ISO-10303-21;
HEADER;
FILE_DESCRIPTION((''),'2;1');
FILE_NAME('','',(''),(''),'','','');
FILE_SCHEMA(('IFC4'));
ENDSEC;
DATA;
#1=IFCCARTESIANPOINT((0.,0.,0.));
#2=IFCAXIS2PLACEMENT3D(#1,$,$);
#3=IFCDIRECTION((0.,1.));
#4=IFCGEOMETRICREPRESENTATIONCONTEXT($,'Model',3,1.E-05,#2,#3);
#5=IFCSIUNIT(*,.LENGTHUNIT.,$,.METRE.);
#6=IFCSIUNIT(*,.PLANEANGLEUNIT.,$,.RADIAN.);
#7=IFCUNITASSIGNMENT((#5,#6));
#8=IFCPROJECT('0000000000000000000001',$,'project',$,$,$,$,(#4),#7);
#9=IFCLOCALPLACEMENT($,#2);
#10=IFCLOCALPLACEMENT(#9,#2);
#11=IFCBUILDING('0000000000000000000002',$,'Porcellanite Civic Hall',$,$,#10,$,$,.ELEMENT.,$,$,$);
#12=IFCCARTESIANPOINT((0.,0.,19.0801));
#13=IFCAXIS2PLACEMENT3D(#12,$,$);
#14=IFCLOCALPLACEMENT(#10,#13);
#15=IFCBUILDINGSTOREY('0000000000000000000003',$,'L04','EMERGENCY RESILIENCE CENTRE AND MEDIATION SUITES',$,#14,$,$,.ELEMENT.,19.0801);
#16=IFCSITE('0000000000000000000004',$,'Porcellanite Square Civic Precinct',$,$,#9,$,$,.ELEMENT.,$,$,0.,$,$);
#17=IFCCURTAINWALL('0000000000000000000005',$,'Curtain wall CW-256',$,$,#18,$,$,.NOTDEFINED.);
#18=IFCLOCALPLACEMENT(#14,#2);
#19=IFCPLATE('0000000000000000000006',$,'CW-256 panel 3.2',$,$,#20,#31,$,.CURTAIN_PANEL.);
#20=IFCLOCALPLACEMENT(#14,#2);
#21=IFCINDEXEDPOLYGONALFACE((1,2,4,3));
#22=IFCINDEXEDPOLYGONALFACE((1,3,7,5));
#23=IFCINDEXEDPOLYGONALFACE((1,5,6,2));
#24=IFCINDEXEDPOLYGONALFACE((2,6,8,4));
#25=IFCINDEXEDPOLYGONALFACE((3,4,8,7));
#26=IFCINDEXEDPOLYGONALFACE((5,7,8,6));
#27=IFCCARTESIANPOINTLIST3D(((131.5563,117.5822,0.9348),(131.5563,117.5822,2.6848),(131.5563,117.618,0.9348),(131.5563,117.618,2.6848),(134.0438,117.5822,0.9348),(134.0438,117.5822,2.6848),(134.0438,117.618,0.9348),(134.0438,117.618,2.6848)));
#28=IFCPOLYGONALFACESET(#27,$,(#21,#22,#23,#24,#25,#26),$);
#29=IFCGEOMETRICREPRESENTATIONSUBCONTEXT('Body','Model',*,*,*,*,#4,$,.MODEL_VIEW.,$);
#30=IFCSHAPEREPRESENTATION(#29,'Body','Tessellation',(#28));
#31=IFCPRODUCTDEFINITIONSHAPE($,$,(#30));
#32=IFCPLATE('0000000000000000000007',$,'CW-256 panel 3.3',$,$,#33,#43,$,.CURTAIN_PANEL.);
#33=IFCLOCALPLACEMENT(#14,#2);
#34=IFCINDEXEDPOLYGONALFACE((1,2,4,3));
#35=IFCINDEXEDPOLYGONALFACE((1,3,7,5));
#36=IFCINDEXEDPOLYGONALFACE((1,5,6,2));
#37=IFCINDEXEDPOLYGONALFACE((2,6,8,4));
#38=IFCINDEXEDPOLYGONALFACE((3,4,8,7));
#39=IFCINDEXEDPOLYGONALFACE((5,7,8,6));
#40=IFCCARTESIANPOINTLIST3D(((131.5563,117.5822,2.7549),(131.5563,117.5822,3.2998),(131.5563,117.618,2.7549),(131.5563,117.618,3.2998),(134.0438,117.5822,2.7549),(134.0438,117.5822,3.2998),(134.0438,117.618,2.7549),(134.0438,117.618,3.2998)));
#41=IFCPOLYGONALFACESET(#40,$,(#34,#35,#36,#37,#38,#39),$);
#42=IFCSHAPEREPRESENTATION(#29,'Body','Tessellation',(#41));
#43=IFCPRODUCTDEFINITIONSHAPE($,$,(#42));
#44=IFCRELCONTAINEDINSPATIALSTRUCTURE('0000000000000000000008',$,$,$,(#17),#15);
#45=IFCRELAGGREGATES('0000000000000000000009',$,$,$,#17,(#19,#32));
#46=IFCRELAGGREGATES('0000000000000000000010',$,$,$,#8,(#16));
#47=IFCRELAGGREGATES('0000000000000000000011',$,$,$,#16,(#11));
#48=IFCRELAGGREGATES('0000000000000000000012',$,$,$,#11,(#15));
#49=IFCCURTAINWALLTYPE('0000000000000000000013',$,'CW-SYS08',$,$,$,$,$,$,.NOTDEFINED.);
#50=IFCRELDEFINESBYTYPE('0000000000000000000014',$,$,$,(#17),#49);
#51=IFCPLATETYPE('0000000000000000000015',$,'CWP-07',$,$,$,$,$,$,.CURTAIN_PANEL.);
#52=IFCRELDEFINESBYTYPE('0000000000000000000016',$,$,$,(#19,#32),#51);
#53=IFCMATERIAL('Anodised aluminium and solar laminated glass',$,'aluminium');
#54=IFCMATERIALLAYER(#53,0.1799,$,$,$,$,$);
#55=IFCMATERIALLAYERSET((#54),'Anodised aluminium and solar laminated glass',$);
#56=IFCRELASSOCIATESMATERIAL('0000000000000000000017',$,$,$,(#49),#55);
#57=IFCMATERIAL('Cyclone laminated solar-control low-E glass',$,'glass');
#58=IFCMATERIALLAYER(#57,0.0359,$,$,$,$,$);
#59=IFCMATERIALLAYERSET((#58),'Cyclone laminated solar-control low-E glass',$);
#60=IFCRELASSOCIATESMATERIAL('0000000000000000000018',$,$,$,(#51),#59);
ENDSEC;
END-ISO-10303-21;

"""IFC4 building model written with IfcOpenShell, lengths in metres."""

from ifc_helpers import new_model, si_unit, direction, frame, origin, origin_2d, place, context, subcontext, project, spatial, rectangle, extrude, material, layer, layer_set, type_object, element, aggregate, save


model = new_model("IFC4")

# Units and contexts
model_context = context("Model", 3, precision=1e-05, world=origin(), true_north=direction((0.0, 1.0)))
body_context = subcontext(model_context, "Body", "Model", "MODEL_VIEW")
ifc_project = project(units=[si_unit("LENGTHUNIT", "METRE"), si_unit("PLANEANGLEUNIT", "RADIAN")], contexts=[model_context])

# Site, building, storey
site_placement = place(None, origin())
site = spatial("IfcSite", under=ifc_project, at=site_placement, Name="Porcellanite Square Civic Precinct", CompositionType="ELEMENT", RefElevation=0.0)
building_placement = place(site_placement, origin())
building = spatial("IfcBuilding", under=site, at=building_placement, Name="Porcellanite Civic Hall", CompositionType="ELEMENT")
storey_placement = place(building_placement, frame((0.0, 0.0, 19.0801)))
storey = spatial("IfcBuildingStorey", under=building, at=storey_placement, Name="L04", Description="EMERGENCY RESILIENCE CENTRE AND MEDIATION SUITES", CompositionType="ELEMENT", Elevation=19.0801)

# Curtain wall
ifc_material_1 = material(Name="Anodised aluminium and solar laminated glass", Category="aluminium")
ifc_layer_1 = layer(ifc_material_1, 0.1799)
ifc_layer_set_1 = layer_set([ifc_layer_1], Name="Anodised aluminium and solar laminated glass")
curtain_wall_type = type_object("IfcCurtainWallType", Name="CW-SYS08", PredefinedType="NOTDEFINED", material=ifc_layer_set_1)
curtain_wall_placement = place(storey_placement, origin())
curtain_wall = element("IfcCurtainWall", 1, at=curtain_wall_placement, inside=storey, type_object=curtain_wall_type, Name="Curtain wall CW-256", PredefinedType="NOTDEFINED")

# Plates
ifc_material_2 = material(Name="Cyclone laminated solar-control low-E glass", Category="glass")
ifc_layer_2 = layer(ifc_material_2, 0.0359)
ifc_layer_set_2 = layer_set([ifc_layer_2], Name="Cyclone laminated solar-control low-E glass")
plate_type = type_object("IfcPlateType", Name="CWP-07", PredefinedType="CURTAIN_PANEL", material=ifc_layer_set_2)
plate_1_placement = place(storey_placement, frame((132.8, 117.6001, 0.9348), z_axis=(0.0, 0.0, 1.0), x_axis=(1.0, 0.0, 0.0)))
plate_1 = element("IfcPlate", 2, at=plate_1_placement, type_object=plate_type, Name="CW-256 panel 3.2", PredefinedType="CURTAIN_PANEL", context=body_context, shape_type="SweptSolid", body=[
    extrude(rectangle(XDim=2.4875, YDim=0.0359, at=origin_2d()), origin(), (0.0, 0.0, 1.0), 1.75),
])
plate_2_placement = place(storey_placement, frame((132.8, 117.6001, 2.7549), z_axis=(0.0, 0.0, 1.0), x_axis=(1.0, 0.0, 0.0)))
plate_2 = element("IfcPlate", 3, at=plate_2_placement, type_object=plate_type, Name="CW-256 panel 3.3", PredefinedType="CURTAIN_PANEL", context=body_context, shape_type="SweptSolid", body=[
    extrude(rectangle(XDim=2.4875, YDim=0.0359, at=origin_2d()), origin(), (0.0, 0.0, 1.0), 0.5449),
])
aggregate(curtain_wall, [plate_1, plate_2])

save(model, "model.ifc")
